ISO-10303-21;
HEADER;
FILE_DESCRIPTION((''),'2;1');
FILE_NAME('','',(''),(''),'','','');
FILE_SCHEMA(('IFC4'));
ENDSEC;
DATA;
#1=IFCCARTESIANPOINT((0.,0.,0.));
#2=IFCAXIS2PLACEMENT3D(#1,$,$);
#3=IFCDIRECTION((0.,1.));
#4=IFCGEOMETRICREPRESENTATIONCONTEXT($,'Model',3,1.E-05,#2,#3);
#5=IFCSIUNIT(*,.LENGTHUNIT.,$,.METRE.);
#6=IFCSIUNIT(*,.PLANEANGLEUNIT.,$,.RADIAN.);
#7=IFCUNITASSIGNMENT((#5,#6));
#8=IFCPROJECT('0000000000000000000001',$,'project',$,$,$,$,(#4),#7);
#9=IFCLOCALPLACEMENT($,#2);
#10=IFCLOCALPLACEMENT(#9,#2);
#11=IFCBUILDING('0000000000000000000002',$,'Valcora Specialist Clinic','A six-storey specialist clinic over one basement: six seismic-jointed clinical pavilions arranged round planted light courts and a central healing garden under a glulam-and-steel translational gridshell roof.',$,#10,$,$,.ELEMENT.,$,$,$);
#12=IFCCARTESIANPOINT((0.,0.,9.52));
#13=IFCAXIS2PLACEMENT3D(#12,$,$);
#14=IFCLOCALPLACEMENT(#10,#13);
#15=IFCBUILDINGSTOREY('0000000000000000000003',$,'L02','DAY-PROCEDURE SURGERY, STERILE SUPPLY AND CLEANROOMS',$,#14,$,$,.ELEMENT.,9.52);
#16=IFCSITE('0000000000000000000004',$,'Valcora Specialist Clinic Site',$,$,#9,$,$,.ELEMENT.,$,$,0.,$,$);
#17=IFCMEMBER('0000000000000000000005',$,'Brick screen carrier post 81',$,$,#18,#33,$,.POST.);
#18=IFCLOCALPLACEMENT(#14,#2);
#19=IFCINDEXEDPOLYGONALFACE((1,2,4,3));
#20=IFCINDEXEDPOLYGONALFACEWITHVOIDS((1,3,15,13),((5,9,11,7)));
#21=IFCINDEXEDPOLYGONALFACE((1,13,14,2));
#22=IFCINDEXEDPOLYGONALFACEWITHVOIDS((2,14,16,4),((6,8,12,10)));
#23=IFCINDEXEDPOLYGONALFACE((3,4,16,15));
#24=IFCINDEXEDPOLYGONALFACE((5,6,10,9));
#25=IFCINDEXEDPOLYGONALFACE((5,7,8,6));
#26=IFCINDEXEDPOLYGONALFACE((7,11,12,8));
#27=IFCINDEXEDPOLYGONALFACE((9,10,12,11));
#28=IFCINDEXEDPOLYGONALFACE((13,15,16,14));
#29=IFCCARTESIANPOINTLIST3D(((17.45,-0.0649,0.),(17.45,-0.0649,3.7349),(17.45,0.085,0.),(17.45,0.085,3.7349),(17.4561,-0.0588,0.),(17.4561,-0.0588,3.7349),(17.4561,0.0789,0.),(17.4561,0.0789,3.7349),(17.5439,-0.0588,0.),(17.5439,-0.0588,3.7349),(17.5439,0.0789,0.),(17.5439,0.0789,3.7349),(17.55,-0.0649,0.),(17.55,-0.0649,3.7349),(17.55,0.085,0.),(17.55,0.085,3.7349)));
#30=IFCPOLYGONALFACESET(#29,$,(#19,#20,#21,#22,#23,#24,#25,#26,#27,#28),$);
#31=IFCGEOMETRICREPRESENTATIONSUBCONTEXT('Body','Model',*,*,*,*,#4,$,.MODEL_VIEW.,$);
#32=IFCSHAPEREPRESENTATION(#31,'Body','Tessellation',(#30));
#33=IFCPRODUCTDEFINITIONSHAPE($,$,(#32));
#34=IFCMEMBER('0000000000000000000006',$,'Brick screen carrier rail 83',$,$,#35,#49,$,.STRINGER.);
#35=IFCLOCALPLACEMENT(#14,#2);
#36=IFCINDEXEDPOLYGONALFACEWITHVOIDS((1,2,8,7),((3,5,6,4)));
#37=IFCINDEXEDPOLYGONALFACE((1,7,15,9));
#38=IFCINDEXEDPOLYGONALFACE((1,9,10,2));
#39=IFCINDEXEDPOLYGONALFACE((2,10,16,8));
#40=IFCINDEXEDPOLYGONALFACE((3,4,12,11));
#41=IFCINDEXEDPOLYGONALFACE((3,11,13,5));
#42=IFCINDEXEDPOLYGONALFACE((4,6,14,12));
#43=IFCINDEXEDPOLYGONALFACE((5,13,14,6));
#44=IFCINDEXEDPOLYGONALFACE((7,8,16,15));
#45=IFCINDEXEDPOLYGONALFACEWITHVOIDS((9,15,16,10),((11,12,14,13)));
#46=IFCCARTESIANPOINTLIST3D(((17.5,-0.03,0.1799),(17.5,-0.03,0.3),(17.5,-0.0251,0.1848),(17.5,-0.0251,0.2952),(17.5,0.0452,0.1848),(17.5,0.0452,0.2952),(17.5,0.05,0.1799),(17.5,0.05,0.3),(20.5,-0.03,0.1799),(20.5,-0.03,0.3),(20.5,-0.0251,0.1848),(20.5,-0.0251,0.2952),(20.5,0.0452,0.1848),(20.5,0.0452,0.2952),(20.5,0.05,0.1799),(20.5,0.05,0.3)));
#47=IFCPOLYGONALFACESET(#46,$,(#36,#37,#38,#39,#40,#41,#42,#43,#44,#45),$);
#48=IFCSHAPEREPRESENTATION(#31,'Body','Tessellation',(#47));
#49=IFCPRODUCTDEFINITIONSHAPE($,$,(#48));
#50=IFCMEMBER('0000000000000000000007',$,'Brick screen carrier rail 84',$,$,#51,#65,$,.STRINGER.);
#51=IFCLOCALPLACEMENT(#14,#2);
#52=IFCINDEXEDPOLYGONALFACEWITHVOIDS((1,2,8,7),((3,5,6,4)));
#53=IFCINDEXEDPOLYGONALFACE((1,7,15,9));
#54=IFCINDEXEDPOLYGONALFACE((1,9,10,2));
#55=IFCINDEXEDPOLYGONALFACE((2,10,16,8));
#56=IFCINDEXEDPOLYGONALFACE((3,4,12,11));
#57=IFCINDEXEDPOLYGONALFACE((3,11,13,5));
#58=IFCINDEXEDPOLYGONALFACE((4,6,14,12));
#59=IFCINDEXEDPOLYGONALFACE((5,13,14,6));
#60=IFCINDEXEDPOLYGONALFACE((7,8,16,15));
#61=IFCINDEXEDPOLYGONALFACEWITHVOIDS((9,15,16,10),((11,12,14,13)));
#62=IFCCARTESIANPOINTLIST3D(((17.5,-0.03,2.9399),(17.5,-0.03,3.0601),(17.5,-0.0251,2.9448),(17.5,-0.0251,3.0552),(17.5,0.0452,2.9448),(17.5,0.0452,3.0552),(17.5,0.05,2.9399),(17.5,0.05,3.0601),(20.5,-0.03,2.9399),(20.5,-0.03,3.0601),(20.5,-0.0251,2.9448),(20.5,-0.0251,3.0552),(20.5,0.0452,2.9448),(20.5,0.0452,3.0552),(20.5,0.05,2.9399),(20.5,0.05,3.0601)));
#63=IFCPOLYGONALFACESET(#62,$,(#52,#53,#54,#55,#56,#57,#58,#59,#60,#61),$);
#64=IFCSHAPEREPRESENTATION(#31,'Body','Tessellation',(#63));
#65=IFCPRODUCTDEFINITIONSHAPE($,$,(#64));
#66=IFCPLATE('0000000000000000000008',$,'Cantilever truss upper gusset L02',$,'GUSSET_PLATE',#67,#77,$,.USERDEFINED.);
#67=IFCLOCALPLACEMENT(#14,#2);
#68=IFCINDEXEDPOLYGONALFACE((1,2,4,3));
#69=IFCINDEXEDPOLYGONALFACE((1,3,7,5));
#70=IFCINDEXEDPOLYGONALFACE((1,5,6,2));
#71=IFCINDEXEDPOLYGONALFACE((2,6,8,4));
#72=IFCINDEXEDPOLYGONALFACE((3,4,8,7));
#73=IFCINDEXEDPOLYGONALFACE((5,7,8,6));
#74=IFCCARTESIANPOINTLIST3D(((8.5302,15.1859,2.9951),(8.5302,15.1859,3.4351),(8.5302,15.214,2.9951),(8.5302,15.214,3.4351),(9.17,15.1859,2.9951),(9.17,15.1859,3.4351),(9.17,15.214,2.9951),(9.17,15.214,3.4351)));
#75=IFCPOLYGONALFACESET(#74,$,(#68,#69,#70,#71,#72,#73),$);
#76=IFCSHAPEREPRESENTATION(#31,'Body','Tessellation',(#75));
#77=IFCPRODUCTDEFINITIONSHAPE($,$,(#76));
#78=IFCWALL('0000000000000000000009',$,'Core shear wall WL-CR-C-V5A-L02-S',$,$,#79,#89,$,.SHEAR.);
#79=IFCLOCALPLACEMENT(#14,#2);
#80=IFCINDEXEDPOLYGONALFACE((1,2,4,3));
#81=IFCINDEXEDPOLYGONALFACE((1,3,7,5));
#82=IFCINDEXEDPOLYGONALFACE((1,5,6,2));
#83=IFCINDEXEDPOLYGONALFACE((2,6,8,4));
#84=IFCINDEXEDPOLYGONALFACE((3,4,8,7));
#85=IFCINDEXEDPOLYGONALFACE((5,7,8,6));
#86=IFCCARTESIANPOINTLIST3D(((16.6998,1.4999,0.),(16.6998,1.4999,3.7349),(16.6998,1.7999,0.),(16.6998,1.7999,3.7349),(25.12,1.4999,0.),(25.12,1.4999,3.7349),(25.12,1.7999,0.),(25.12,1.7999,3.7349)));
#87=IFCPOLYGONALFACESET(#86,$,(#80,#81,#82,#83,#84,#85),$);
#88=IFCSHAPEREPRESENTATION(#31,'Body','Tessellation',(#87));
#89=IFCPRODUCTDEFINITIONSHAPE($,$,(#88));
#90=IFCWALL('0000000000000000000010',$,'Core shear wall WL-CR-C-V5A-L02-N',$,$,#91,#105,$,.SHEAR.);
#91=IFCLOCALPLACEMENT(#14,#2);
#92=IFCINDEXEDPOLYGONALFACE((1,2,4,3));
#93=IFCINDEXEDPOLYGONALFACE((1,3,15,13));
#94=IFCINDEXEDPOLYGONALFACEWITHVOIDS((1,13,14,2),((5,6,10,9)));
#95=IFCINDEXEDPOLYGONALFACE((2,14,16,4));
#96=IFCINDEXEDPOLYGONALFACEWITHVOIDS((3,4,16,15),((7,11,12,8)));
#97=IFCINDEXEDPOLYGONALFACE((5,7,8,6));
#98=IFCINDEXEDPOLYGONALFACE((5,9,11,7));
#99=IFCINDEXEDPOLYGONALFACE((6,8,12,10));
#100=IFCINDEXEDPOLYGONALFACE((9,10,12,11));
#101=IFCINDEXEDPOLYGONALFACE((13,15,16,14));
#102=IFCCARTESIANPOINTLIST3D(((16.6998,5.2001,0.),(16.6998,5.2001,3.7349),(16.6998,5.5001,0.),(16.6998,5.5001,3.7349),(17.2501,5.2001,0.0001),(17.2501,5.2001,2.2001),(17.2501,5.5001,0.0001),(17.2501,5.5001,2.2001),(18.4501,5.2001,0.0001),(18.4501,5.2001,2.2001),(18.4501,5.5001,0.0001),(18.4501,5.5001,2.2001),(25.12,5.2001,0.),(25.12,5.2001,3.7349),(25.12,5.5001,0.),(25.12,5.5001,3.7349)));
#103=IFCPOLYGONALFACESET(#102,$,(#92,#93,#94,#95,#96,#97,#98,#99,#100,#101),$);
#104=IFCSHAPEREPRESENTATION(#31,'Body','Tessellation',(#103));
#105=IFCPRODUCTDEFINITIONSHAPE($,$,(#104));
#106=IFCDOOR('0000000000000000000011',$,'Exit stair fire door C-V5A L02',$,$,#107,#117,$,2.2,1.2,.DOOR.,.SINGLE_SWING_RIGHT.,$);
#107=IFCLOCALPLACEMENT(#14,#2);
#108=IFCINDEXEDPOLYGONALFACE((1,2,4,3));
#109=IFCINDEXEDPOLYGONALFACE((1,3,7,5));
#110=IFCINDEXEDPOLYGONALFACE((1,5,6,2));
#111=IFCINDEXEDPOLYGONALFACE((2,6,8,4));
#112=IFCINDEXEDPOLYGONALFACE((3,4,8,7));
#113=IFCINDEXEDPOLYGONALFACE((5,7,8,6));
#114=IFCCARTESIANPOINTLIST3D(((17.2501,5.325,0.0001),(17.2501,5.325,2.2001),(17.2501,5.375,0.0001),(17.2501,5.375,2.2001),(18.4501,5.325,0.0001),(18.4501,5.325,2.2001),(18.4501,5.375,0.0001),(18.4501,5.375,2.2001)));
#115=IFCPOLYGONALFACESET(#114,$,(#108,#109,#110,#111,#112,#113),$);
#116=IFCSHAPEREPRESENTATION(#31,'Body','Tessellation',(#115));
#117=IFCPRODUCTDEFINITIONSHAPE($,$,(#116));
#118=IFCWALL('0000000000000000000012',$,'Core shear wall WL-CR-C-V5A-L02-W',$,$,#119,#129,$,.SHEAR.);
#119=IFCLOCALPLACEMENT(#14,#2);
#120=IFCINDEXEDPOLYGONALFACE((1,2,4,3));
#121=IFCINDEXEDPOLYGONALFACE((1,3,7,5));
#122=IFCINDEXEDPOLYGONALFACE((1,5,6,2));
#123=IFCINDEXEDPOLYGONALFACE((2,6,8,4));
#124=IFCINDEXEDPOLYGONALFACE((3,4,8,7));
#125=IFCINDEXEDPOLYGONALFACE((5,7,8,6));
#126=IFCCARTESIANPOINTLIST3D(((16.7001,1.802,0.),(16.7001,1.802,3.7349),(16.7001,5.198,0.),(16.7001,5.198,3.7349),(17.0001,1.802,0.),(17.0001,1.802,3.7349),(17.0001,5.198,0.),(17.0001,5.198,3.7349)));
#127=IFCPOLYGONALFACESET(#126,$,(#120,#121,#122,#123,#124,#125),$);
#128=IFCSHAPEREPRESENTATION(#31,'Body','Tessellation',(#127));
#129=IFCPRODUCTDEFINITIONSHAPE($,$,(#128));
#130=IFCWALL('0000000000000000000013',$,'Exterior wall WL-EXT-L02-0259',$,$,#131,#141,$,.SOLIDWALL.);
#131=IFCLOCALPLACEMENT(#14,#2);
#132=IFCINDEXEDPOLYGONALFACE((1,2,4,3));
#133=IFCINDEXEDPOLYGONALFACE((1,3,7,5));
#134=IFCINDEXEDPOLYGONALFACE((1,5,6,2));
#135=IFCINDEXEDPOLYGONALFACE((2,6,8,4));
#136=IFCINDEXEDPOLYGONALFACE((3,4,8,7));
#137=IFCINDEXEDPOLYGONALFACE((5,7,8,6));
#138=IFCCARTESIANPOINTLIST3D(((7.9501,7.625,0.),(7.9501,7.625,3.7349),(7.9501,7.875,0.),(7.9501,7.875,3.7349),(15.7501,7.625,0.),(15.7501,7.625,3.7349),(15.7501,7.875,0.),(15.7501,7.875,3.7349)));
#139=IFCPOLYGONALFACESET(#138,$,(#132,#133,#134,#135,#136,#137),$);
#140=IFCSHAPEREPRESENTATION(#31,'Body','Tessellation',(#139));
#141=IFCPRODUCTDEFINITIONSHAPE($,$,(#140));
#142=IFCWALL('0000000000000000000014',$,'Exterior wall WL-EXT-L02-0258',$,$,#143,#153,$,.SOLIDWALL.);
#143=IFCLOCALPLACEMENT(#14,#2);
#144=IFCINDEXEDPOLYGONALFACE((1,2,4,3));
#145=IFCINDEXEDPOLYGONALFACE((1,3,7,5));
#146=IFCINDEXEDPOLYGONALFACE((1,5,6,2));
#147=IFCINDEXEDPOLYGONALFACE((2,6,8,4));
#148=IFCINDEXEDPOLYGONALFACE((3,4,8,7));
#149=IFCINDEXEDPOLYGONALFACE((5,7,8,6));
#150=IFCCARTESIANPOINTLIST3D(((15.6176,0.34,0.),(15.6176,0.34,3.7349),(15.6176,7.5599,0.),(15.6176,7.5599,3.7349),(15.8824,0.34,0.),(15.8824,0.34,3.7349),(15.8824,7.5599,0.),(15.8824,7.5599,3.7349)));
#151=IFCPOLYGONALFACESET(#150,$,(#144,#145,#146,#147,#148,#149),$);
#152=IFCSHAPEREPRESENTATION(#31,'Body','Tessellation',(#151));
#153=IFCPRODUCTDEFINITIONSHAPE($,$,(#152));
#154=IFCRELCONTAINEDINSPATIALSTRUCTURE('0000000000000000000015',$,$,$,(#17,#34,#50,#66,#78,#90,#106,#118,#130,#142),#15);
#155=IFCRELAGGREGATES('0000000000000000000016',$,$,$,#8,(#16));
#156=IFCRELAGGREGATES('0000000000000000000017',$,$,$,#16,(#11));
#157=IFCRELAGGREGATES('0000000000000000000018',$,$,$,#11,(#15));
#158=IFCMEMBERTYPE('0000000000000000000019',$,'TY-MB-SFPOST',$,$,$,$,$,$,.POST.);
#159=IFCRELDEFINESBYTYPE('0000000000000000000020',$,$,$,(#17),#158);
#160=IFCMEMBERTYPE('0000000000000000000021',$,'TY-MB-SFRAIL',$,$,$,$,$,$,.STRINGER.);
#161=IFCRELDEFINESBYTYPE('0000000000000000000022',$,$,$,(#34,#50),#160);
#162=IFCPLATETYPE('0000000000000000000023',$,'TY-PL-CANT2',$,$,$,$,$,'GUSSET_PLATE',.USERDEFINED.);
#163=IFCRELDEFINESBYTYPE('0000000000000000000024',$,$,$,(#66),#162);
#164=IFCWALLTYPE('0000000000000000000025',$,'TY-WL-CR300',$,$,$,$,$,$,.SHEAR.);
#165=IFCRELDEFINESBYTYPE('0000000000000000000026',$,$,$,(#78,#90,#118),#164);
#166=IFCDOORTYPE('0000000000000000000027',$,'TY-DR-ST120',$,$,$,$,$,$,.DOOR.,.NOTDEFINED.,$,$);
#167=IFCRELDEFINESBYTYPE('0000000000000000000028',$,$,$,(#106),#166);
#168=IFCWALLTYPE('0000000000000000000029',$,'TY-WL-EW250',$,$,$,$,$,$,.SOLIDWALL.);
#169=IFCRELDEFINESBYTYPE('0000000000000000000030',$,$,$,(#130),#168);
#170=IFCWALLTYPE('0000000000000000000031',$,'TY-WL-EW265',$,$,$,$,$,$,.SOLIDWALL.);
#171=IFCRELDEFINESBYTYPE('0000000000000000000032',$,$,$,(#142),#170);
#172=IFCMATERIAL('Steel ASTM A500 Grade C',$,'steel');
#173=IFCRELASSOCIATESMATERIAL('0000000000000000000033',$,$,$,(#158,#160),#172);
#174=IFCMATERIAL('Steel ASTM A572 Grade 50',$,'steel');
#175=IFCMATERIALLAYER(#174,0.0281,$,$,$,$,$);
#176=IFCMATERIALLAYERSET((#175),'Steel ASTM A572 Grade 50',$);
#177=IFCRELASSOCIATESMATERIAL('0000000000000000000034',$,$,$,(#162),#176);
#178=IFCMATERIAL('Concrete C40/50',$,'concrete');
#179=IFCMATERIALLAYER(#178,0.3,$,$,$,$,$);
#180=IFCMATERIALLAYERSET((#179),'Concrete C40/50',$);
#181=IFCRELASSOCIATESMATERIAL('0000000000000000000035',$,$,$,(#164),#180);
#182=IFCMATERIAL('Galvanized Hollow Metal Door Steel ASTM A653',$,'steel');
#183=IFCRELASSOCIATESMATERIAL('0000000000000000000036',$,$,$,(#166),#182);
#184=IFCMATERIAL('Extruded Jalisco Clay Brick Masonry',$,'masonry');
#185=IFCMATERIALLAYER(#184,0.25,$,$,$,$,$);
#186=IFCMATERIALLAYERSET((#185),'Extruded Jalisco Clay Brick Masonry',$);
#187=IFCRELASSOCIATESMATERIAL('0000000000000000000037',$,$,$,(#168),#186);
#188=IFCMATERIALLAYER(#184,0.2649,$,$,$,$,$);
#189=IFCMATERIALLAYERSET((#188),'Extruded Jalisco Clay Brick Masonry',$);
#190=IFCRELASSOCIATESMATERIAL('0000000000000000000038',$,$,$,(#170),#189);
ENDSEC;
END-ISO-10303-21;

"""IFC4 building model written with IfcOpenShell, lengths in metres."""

from ifc_helpers import new_model, si_unit, direction, frame, frame_2d, origin, origin_2d, place, context, subcontext, project, spatial, rectangle, hollow_rectangle, extrude, material, layer, layer_set, material_profile, profile_set, type_object, element, fill, save


model = new_model("IFC4")

# Units and contexts
model_context = context("Model", 3, precision=1e-05, world=origin(), true_north=direction((0.0, 1.0)))
body_context = subcontext(model_context, "Body", "Model", "MODEL_VIEW")
ifc_project = project(units=[si_unit("LENGTHUNIT", "METRE"), si_unit("PLANEANGLEUNIT", "RADIAN")], contexts=[model_context])

# Site, building, storey
site_placement = place(None, origin())
site = spatial("IfcSite", under=ifc_project, at=site_placement, Name="Valcora Specialist Clinic Site", CompositionType="ELEMENT", RefElevation=0.0)
building_placement = place(site_placement, origin())
building = spatial("IfcBuilding", under=site, at=building_placement, Name="Valcora Specialist Clinic", Description="A six-storey specialist clinic over one basement: six seismic-jointed clinical pavilions arranged round planted light courts and a central healing garden under a glulam-and-steel translational gridshell roof.", CompositionType="ELEMENT")
storey_placement = place(building_placement, frame((0.0, 0.0, 9.52)))
storey = spatial("IfcBuildingStorey", under=building, at=storey_placement, Name="L02", Description="DAY-PROCEDURE SURGERY, STERILE SUPPLY AND CLEANROOMS", CompositionType="ELEMENT", Elevation=9.52)

# Shared definitions
ifc_material_1 = material(Name="Concrete C40/50", Category="concrete")

# Members
ifc_material_2 = material(Name="Steel ASTM A500 Grade C", Category="steel")
ifc_material_profile_1 = material_profile(ifc_material_2, hollow_rectangle(XDim=0.1001, YDim=0.1499, WallThickness=0.0061, at=origin_2d()), Name="ST-RHS-150X100X6")
ifc_profile_set_1 = profile_set([ifc_material_profile_1], Name="Steel ASTM A500 Grade C")
member_type_1 = type_object("IfcMemberType", Name="TY-MB-SFPOST", PredefinedType="POST", material=ifc_profile_set_1)
member_placement = place(storey_placement, frame((17.5, 0.01, 0.0), z_axis=(0.0, 0.0, 1.0), x_axis=(1.0, 0.0, 0.0)))
element("IfcMember", 1, at=member_placement, inside=storey, type_object=member_type_1, Name="Brick screen carrier post 81", PredefinedType="POST", context=body_context, shape_type="SweptSolid", body=[
    extrude(hollow_rectangle(XDim=0.1001, YDim=0.1499, WallThickness=0.0061, at=origin_2d()), origin(), (0.0, 0.0, 1.0), 3.7349),
])
ifc_material_profile_2 = material_profile(ifc_material_2, hollow_rectangle(XDim=0.0801, YDim=0.1201, WallThickness=0.0049, at=origin_2d()), Name="ST-RHS-120X80X5")
ifc_profile_set_2 = profile_set([ifc_material_profile_2], Name="Steel ASTM A500 Grade C")
member_type_2 = type_object("IfcMemberType", Name="TY-MB-SFRAIL", PredefinedType="STRINGER", material=ifc_profile_set_2)
for number, where, z_axis, x_axis, name in (
    (2, (17.5, 0.01, 0.24), (1.0, 0.0, 0.0), (0.0, 1.0, 0.0), "Brick screen carrier rail 83"),
    (3, (17.5, 0.01, 3.0), (1.0, 0.0, 0.0), (0.0, 1.0, 0.0), "Brick screen carrier rail 84"),
):
    element("IfcMember", number, at=place(storey_placement, frame(where, z_axis=z_axis, x_axis=x_axis)), inside=storey, type_object=member_type_2, Name=name, PredefinedType="STRINGER", context=body_context, shape_type="SweptSolid", body=[
        extrude(hollow_rectangle(XDim=0.0801, YDim=0.1201, WallThickness=0.0049, at=origin_2d()), origin(), (0.0, 0.0, 1.0), 3.0),
    ])

# Plate
ifc_material_3 = material(Name="Steel ASTM A572 Grade 50", Category="steel")
ifc_layer_1 = layer(ifc_material_3, 0.0281)
ifc_layer_set_1 = layer_set([ifc_layer_1], Name="Steel ASTM A572 Grade 50")
plate_type = type_object("IfcPlateType", Name="TY-PL-CANT2", ElementType="GUSSET_PLATE", PredefinedType="USERDEFINED", material=ifc_layer_set_1)
plate_placement = place(storey_placement, frame((8.8501, 15.2, 2.9951), z_axis=(0.0, 0.0, 1.0), x_axis=(1.0, 0.0, 0.0)))
element("IfcPlate", 4, at=plate_placement, inside=storey, type_object=plate_type, Name="Cantilever truss upper gusset L02", ObjectType="GUSSET_PLATE", PredefinedType="USERDEFINED", context=body_context, shape_type="SweptSolid", body=[
    extrude(rectangle(XDim=0.6399, YDim=0.0281, at=origin_2d()), origin(), (0.0, 0.0, 1.0), 0.4399),
])

# Wall
ifc_layer_2 = layer(ifc_material_1, 0.3)
ifc_layer_set_2 = layer_set([ifc_layer_2], Name="Concrete C40/50")
wall_type_1 = type_object("IfcWallType", Name="TY-WL-CR300", PredefinedType="SHEAR", material=ifc_layer_set_2)
wall_1_placement = place(storey_placement, frame((16.7, 1.6499, 0.0), z_axis=(0.0, 0.0, 1.0), x_axis=(1.0, 0.0, 0.0)))
element("IfcWall", 5, at=wall_1_placement, inside=storey, type_object=wall_type_1, Name="Core shear wall WL-CR-C-V5A-L02-S", PredefinedType="SHEAR", context=body_context, shape_type="SweptSolid", body=[
    extrude(rectangle(XDim=8.4202, YDim=0.3, at=frame_2d((4.21, 0.0))), origin(), (0.0, 0.0, 1.0), 3.7349),
])

# Wall, opening, door
wall_2_placement = place(storey_placement, frame((16.7, 5.3501, 0.0), z_axis=(0.0, 0.0, 1.0), x_axis=(1.0, 0.0, 0.0)))
wall_2 = element("IfcWall", 6, at=wall_2_placement, inside=storey, type_object=wall_type_1, Name="Core shear wall WL-CR-C-V5A-L02-N", PredefinedType="SHEAR", context=body_context, shape_type="SweptSolid", body=[
    extrude(rectangle(XDim=8.4202, YDim=0.3, at=frame_2d((4.21, 0.0))), origin(), (0.0, 0.0, 1.0), 3.7349),
])
opening_1_placement = place(wall_2_placement, frame((0.55, 0.0, 0.0)))
opening_1 = element("IfcOpeningElement", 7, at=opening_1_placement, cuts=wall_2, PredefinedType="OPENING", context=body_context, shape_type="SweptSolid", body=[
    extrude(rectangle(XDim=1.2, YDim=2.2, at=frame_2d((0.6001, 1.1001))), frame((0.0, 0.1599, 0.0), z_axis=(0.0, -1.0, 0.0), x_axis=(1.0, 0.0, 0.0)), (0.0, 0.0, 1.0), 0.3201),
])
ifc_material_4 = material(Name="Galvanized Hollow Metal Door Steel ASTM A653", Category="steel")
door_type_1 = type_object("IfcDoorType", Name="TY-DR-ST120", OperationType="NOTDEFINED", PredefinedType="DOOR", material=ifc_material_4)
door_1_placement = place(opening_1_placement, origin())
door_1 = element("IfcDoor", 8, at=door_1_placement, inside=storey, type_object=door_type_1, Name="Exit stair fire door C-V5A L02", OperationType="SINGLE_SWING_RIGHT", OverallHeight=2.2, OverallWidth=1.2, PredefinedType="DOOR", context=body_context, shape_type="SweptSolid", body=[
    extrude(rectangle(XDim=1.2, YDim=2.2, at=frame_2d((0.6001, 1.1001))), frame((0.0, 0.0249, 0.0), z_axis=(0.0, -1.0, 0.0), x_axis=(1.0, 0.0, 0.0)), (0.0, 0.0, 1.0), 0.05),
])
fill(opening_1, door_1)

# Walls
wall_3_placement = place(storey_placement, frame((16.8501, 1.802, 0.0), z_axis=(0.0, 0.0, 1.0), x_axis=(0.0, 1.0, 0.0)))
element("IfcWall", 9, at=wall_3_placement, inside=storey, type_object=wall_type_1, Name="Core shear wall WL-CR-C-V5A-L02-W", PredefinedType="SHEAR", context=body_context, shape_type="SweptSolid", body=[
    extrude(rectangle(XDim=3.396, YDim=0.3, at=frame_2d((1.698, 0.0))), origin(), (0.0, 0.0, 1.0), 3.7349),
])
ifc_material_5 = material(Name="Extruded Jalisco Clay Brick Masonry", Category="masonry")
ifc_layer_3 = layer(ifc_material_5, 0.25)
ifc_layer_set_3 = layer_set([ifc_layer_3], Name="Extruded Jalisco Clay Brick Masonry")
wall_type_2 = type_object("IfcWallType", Name="TY-WL-EW250", PredefinedType="SOLIDWALL", material=ifc_layer_set_3)
wall_4_placement = place(storey_placement, frame((15.75, 7.75, 0.0), z_axis=(0.0, 0.0, 1.0), x_axis=(-1.0, 0.0, 0.0)))
element("IfcWall", 10, at=wall_4_placement, inside=storey, type_object=wall_type_2, Name="Exterior wall WL-EXT-L02-0259", PredefinedType="SOLIDWALL", context=body_context, shape_type="SweptSolid", body=[
    extrude(rectangle(XDim=7.8, YDim=0.25, at=frame_2d((3.8999, 0.0))), origin(), (0.0, 0.0, 1.0), 3.7349),
])
ifc_layer_4 = layer(ifc_material_5, 0.2649)
ifc_layer_set_4 = layer_set([ifc_layer_4], Name="Extruded Jalisco Clay Brick Masonry")
wall_type_3 = type_object("IfcWallType", Name="TY-WL-EW265", PredefinedType="SOLIDWALL", material=ifc_layer_set_4)
wall_5_placement = place(storey_placement, frame((15.75, 0.3401, 0.0), z_axis=(0.0, 0.0, 1.0), x_axis=(0.0, 1.0, 0.0)))
element("IfcWall", 11, at=wall_5_placement, inside=storey, type_object=wall_type_3, Name="Exterior wall WL-EXT-L02-0258", PredefinedType="SOLIDWALL", context=body_context, shape_type="SweptSolid", body=[
    extrude(rectangle(XDim=7.22, YDim=0.2649, at=frame_2d((3.6099, 0.0))), origin(), (0.0, 0.0, 1.0), 3.7349),
])

save(model, "model.ifc")
